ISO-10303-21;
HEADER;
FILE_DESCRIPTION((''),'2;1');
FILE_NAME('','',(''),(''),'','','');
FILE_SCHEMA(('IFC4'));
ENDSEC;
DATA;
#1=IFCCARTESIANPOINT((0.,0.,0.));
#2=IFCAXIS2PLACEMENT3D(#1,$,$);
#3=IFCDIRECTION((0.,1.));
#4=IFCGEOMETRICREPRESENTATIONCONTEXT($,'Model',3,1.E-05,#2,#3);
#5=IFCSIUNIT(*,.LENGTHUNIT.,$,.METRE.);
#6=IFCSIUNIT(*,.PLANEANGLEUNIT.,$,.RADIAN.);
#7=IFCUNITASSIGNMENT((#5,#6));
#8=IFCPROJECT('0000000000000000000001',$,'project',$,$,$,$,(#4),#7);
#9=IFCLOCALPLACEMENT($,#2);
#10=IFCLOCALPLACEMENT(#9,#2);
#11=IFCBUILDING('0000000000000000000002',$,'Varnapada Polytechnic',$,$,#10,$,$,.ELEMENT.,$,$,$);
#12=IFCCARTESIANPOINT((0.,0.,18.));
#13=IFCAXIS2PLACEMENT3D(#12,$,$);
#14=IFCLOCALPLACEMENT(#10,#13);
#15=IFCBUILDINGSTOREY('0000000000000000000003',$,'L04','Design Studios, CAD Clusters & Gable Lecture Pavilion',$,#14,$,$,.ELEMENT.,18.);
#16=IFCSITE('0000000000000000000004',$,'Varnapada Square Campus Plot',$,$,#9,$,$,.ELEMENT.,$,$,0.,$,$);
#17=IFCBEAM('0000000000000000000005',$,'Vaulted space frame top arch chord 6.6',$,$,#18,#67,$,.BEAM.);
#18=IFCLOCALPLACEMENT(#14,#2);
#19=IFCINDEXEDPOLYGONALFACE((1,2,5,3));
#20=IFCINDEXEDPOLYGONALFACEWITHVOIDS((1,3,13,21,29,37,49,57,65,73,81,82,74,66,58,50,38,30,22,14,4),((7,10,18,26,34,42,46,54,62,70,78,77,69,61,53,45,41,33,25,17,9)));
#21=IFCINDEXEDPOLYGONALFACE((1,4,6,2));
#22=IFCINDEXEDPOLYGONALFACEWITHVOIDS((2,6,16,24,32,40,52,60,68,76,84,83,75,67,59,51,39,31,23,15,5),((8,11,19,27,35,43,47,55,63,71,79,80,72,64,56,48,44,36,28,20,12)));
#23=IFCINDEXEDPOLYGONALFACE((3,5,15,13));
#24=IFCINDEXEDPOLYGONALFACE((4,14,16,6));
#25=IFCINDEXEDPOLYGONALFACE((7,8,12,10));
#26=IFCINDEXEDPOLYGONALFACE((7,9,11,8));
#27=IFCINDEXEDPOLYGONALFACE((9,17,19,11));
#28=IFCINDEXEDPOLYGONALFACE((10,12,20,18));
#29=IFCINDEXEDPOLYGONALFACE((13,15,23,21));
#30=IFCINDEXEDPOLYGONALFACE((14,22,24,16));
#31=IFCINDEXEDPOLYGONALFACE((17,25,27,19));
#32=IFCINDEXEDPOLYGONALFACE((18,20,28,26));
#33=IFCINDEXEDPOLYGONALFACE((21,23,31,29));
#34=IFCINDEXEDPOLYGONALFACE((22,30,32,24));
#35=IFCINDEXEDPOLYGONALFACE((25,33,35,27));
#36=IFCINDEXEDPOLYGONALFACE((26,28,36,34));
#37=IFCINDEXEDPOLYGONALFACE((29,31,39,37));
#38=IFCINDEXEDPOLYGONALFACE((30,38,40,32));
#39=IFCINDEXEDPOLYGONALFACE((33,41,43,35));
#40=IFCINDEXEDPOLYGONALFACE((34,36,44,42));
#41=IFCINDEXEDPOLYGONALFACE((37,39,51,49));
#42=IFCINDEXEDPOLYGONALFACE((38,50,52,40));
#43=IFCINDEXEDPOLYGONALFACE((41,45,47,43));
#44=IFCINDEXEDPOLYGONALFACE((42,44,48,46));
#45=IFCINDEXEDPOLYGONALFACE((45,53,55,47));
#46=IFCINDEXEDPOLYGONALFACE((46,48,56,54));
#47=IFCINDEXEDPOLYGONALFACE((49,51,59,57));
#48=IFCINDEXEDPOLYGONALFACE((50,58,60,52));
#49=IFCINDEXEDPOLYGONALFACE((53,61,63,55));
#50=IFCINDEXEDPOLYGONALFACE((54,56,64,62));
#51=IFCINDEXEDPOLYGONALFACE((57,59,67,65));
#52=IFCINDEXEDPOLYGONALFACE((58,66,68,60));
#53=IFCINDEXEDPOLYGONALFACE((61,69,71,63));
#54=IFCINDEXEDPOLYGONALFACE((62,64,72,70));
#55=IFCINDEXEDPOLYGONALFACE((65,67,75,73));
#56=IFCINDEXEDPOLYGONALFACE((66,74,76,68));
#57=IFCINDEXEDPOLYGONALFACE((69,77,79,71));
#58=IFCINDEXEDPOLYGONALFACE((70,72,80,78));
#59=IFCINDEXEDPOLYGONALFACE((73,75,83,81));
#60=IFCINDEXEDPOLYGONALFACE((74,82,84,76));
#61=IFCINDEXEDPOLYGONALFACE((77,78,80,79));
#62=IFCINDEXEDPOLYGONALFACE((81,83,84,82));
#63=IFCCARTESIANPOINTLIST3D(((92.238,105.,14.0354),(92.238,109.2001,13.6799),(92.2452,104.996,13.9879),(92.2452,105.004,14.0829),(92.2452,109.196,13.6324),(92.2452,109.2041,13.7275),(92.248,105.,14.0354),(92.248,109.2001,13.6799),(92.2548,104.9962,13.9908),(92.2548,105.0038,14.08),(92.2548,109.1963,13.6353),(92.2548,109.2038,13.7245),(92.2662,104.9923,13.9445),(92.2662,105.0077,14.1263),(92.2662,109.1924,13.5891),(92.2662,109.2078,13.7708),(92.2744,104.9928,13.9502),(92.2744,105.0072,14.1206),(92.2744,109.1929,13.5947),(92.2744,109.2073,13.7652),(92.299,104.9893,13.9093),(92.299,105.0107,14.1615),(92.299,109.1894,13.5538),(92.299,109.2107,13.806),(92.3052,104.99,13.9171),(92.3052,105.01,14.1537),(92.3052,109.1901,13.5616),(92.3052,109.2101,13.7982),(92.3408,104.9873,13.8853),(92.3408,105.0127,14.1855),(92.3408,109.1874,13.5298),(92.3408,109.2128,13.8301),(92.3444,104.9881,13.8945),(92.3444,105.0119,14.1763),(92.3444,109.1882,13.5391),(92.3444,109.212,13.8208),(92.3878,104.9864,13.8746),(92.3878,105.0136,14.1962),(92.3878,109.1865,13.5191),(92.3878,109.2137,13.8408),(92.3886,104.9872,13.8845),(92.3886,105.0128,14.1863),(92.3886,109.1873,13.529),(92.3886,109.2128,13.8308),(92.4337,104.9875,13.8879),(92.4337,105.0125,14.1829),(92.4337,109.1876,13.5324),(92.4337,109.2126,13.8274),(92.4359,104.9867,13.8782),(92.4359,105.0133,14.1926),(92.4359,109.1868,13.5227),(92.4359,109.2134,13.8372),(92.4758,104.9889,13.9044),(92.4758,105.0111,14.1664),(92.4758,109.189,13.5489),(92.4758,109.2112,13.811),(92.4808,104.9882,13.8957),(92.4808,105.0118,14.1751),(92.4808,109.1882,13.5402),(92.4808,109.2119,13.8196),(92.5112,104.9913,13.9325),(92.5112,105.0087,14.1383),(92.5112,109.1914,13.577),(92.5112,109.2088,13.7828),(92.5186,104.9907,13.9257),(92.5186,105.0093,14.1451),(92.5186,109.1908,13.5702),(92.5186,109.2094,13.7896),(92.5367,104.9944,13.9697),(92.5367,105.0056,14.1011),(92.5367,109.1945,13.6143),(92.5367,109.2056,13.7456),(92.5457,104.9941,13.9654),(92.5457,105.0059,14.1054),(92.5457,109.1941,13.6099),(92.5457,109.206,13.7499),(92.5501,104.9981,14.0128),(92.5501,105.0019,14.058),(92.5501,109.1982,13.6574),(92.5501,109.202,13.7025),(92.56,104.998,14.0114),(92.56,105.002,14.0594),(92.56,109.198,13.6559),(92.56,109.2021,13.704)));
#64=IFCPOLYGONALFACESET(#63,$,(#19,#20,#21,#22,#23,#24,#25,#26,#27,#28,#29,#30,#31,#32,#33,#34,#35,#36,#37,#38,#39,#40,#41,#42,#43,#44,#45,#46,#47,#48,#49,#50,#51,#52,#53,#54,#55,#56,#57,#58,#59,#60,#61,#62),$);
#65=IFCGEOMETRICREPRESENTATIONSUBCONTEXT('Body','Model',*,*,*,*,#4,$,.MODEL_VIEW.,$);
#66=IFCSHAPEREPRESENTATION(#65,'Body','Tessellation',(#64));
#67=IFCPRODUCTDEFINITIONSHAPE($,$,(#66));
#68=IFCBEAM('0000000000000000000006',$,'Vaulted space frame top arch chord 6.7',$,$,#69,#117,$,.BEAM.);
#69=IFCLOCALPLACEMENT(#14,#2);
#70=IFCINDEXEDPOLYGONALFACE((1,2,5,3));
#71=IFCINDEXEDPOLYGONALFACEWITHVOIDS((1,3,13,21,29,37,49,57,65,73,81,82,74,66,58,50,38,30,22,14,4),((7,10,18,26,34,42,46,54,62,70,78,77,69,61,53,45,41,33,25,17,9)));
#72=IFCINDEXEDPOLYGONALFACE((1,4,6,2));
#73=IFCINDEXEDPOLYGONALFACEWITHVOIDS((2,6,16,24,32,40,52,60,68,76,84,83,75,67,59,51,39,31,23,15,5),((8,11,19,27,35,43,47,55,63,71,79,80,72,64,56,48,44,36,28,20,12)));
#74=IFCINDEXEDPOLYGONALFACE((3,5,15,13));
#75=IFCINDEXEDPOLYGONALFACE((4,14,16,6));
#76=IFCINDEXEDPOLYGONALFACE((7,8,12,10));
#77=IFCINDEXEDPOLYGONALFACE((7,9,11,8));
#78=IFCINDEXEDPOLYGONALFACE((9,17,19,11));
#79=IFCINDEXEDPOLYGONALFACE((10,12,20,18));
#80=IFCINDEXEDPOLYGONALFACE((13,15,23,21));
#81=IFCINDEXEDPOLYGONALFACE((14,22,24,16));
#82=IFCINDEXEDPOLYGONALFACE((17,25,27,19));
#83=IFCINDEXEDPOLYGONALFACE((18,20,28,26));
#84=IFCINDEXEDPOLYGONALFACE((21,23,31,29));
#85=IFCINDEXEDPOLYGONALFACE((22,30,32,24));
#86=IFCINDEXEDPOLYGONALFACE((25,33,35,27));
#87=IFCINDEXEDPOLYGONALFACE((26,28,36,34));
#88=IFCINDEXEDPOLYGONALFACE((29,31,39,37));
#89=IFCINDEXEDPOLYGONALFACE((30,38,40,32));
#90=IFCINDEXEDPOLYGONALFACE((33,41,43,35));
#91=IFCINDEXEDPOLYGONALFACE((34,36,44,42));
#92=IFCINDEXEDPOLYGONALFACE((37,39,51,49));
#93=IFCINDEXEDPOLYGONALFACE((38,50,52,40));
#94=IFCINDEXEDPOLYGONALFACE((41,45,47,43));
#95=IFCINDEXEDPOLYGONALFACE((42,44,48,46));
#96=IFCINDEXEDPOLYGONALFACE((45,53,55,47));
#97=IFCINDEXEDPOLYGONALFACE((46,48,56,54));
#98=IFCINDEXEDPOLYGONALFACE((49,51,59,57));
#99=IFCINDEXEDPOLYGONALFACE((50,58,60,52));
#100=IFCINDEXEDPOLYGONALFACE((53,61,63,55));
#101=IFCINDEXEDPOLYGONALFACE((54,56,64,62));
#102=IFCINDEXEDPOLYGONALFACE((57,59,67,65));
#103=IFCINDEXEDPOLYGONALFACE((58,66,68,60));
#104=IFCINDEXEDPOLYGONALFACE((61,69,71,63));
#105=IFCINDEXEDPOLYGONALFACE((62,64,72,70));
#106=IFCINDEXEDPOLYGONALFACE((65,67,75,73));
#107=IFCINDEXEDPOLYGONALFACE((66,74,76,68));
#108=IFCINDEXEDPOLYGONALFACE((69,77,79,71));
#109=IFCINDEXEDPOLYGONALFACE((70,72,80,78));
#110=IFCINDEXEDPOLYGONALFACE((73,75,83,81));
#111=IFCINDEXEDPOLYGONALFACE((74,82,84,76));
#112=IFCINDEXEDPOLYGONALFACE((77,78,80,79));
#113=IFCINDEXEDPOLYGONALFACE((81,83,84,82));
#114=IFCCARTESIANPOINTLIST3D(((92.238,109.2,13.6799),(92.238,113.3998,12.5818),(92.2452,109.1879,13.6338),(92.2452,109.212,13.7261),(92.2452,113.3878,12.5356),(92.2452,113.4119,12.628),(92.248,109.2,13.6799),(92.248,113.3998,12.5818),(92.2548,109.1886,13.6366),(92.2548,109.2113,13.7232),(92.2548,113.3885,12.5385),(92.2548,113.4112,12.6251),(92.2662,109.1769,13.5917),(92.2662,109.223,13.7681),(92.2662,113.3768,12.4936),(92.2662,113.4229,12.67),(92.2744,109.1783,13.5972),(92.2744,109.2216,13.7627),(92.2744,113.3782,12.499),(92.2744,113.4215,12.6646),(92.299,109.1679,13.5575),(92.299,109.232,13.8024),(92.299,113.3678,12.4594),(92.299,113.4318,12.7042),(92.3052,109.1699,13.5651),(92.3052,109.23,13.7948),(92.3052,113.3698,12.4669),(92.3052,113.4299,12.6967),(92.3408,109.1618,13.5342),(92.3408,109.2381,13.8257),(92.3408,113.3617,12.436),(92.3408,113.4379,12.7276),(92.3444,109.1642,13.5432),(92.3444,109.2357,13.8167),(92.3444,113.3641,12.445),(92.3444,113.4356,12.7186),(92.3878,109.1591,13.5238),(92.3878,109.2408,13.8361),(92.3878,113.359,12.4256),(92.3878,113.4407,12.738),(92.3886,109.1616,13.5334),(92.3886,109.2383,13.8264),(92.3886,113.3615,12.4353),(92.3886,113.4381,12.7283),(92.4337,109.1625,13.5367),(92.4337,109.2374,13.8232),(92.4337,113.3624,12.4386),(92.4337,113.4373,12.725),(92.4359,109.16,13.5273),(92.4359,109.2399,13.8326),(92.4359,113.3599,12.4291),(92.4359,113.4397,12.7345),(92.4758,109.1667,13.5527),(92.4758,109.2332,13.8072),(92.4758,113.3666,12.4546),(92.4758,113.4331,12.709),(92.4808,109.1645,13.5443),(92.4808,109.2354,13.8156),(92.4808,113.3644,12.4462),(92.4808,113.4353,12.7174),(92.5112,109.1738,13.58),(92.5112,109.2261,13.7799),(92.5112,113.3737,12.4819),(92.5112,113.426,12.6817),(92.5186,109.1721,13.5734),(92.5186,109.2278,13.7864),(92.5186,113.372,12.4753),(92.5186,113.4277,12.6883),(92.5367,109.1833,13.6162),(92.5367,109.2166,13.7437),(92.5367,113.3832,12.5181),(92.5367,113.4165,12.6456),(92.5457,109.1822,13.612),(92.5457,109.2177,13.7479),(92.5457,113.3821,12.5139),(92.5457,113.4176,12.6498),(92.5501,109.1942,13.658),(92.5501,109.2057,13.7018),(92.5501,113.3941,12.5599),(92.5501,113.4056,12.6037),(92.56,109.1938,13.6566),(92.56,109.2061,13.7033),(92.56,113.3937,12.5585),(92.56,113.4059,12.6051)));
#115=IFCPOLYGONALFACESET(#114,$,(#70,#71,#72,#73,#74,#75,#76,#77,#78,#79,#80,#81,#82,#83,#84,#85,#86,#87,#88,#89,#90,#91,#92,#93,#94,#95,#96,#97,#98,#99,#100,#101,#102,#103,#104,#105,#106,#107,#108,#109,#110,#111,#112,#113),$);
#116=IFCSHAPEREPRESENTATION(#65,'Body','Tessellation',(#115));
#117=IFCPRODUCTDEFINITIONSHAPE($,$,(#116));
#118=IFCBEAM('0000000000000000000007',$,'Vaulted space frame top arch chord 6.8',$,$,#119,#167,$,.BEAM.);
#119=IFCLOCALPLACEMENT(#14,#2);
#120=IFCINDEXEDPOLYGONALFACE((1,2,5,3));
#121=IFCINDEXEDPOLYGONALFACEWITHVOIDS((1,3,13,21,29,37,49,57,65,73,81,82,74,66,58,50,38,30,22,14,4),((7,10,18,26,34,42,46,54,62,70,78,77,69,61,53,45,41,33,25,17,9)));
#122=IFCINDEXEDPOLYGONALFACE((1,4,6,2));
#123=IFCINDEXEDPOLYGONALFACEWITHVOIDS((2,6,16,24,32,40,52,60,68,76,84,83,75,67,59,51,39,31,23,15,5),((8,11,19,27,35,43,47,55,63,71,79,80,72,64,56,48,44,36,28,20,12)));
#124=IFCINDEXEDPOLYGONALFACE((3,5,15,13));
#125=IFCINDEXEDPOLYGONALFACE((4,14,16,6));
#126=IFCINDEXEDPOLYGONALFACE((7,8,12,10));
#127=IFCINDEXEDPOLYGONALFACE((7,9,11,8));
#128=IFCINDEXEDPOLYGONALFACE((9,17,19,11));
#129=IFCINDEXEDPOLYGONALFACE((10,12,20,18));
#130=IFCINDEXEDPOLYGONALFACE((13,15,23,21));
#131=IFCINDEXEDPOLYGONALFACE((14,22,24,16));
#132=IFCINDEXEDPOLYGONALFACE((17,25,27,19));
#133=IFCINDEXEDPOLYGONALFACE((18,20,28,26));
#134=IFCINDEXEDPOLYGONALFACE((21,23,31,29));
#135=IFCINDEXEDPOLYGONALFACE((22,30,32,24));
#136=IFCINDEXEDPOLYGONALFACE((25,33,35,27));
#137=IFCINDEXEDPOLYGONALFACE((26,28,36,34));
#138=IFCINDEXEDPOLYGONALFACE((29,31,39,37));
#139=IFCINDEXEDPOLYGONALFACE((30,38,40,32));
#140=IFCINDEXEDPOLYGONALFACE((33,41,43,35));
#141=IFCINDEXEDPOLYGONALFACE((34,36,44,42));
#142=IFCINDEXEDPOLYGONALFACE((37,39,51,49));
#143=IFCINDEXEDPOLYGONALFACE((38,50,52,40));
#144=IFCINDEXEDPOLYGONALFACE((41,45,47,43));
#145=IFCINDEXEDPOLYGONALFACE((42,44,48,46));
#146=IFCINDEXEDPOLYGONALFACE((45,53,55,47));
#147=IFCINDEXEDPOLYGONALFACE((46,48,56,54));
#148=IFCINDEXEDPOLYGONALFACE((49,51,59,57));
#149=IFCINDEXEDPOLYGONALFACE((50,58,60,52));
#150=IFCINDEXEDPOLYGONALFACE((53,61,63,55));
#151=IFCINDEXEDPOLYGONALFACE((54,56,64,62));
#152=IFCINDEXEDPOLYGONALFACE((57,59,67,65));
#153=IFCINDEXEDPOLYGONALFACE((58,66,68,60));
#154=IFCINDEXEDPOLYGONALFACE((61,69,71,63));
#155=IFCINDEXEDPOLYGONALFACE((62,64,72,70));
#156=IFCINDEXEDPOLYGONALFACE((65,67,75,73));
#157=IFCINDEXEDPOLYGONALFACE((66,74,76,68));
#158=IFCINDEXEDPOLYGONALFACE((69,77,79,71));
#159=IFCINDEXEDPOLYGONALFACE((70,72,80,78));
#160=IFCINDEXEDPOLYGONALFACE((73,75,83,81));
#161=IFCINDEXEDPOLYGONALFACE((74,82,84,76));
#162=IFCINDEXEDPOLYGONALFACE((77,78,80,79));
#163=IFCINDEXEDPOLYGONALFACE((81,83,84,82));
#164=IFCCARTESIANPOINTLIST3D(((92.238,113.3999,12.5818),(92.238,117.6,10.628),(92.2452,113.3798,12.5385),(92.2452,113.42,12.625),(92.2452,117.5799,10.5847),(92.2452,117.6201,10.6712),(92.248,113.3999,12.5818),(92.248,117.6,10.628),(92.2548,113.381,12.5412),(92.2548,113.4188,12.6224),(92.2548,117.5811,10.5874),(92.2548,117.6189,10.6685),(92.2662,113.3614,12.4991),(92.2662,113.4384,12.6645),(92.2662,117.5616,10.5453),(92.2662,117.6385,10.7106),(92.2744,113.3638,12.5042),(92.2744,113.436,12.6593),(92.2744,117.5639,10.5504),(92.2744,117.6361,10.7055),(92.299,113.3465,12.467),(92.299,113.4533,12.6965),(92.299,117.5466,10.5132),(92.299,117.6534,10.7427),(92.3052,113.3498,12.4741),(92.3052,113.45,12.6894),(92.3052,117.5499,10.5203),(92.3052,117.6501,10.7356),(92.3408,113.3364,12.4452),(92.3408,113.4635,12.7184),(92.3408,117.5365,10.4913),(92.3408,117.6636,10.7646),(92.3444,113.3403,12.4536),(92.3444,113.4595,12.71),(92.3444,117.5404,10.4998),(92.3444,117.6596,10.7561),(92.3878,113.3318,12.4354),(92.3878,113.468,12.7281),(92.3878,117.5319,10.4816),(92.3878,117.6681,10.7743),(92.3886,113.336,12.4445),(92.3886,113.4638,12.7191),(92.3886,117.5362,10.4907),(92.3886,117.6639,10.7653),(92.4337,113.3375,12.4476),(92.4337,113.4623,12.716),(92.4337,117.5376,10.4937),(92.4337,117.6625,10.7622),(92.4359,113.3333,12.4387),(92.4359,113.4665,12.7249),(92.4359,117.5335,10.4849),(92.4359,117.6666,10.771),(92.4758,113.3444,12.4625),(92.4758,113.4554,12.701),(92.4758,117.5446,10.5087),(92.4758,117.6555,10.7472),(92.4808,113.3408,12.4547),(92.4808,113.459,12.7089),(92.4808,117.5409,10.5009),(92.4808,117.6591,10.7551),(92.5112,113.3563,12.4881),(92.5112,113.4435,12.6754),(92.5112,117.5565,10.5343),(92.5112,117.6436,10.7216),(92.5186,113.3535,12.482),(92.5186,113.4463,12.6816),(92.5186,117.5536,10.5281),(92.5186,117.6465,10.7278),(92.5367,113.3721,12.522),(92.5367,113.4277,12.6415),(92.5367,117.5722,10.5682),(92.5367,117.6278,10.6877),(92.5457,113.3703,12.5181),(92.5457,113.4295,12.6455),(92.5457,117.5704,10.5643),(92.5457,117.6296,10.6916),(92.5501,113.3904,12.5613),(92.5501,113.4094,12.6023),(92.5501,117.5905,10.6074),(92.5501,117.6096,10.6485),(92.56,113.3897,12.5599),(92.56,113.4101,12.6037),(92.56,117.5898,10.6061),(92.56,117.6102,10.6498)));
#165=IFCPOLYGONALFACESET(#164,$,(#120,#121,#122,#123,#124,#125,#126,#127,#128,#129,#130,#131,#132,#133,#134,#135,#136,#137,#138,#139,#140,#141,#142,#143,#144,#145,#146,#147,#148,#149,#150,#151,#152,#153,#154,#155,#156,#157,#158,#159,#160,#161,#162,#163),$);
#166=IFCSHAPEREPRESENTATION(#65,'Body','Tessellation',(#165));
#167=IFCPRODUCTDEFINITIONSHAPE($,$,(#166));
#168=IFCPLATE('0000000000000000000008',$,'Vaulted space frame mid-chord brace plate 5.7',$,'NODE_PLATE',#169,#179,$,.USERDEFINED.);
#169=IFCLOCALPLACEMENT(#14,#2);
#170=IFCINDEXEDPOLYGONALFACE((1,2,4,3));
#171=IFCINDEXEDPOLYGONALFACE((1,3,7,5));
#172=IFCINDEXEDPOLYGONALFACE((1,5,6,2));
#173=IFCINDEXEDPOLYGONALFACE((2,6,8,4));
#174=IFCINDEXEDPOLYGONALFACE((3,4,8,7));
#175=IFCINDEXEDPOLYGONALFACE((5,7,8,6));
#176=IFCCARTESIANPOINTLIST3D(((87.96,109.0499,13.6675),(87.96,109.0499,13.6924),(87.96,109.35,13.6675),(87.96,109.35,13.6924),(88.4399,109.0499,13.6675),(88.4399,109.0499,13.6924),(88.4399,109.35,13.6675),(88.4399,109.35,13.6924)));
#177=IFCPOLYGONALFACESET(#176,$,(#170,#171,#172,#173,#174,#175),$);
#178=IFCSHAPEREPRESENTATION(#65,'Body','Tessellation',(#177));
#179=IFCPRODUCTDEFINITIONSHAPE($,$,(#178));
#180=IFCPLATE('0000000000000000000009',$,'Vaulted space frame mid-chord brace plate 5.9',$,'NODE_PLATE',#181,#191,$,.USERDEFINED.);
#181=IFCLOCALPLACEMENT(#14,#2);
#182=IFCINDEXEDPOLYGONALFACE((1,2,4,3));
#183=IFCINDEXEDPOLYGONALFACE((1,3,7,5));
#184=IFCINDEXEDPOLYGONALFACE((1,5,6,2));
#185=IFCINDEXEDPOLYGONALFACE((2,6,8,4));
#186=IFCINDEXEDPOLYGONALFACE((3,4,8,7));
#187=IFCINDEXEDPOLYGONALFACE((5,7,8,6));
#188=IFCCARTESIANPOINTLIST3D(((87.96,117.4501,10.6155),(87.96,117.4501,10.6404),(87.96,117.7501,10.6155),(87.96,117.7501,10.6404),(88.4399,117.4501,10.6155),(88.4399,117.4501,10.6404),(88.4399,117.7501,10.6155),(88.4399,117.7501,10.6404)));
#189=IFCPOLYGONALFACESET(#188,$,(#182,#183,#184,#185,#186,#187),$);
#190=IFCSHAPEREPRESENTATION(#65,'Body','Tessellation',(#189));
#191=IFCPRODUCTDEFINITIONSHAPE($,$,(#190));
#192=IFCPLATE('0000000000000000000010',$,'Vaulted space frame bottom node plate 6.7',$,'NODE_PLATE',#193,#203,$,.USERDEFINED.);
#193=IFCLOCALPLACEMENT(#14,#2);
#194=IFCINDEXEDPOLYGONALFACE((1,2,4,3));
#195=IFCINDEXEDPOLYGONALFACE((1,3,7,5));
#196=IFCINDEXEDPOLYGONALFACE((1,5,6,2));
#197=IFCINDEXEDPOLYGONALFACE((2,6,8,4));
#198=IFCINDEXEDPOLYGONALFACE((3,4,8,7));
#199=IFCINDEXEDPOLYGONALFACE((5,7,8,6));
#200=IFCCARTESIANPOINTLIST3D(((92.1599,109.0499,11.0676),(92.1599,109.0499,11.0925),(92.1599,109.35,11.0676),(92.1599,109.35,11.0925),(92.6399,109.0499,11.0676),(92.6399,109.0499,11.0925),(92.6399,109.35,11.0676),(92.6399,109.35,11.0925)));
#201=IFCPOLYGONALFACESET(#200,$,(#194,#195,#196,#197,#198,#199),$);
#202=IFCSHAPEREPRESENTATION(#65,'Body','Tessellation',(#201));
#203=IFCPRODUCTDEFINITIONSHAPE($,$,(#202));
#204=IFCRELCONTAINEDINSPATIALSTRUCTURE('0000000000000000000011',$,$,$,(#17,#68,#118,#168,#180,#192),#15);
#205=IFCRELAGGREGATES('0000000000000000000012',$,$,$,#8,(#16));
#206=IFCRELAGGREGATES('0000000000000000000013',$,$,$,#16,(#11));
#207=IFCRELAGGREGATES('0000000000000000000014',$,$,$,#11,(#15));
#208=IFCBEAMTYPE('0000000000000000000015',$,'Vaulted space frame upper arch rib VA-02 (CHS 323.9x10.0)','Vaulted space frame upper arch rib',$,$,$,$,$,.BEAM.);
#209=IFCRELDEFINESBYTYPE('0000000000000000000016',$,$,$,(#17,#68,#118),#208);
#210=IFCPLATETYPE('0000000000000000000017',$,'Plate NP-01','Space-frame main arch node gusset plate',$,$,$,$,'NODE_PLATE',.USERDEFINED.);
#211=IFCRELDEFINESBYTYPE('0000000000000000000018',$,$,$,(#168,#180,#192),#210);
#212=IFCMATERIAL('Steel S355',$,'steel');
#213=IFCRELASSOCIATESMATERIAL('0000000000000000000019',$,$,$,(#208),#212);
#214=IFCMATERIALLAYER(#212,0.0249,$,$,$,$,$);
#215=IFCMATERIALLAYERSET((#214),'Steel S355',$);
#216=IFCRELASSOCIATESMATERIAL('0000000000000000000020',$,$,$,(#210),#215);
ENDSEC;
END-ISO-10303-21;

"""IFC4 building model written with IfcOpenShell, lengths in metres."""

from ifc_helpers import new_model, si_unit, direction, frame, origin, origin_2d, place, context, subcontext, project, spatial, rectangle, hollow_circle, extrude, material, layer, layer_set, material_profile, profile_set, type_object, element, save


model = new_model("IFC4")

# Units and contexts
model_context = context("Model", 3, precision=1e-05, world=origin(), true_north=direction((0.0, 1.0)))
body_context = subcontext(model_context, "Body", "Model", "MODEL_VIEW")
ifc_project = project(units=[si_unit("LENGTHUNIT", "METRE"), si_unit("PLANEANGLEUNIT", "RADIAN")], contexts=[model_context])

# Site, building, storey
site_placement = place(None, origin())
site = spatial("IfcSite", under=ifc_project, at=site_placement, Name="Varnapada Square Campus Plot", CompositionType="ELEMENT", RefElevation=0.0)
building_placement = place(site_placement, origin())
building = spatial("IfcBuilding", under=site, at=building_placement, Name="Varnapada Polytechnic", CompositionType="ELEMENT")
storey_placement = place(building_placement, frame((0.0, 0.0, 18.0)))
storey = spatial("IfcBuildingStorey", under=building, at=storey_placement, Name="L04", Description="Design Studios, CAD Clusters & Gable Lecture Pavilion", CompositionType="ELEMENT", Elevation=18.0)

# Shared definitions
ifc_material = material(Name="Steel S355", Category="steel")

# Beams
ifc_material_profile_1 = material_profile(ifc_material, hollow_circle(Radius=0.1619, WallThickness=0.01, at=origin_2d()), Name="CHS 323.9x10.0")
ifc_profile_set_1 = profile_set([ifc_material_profile_1], Name="Steel S355")
beam_type_1 = type_object("IfcBeamType", Name="Vaulted space frame upper arch rib VA-02 (CHS 323.9x10.0)", Description="Vaulted space frame upper arch rib", PredefinedType="BEAM", material=ifc_profile_set_1)
beam_1_placement = place(storey_placement, frame((92.3999, 105.0, 14.0354), z_axis=(0.0, 0.996437, -0.084335), x_axis=(-1.0, 0.0, 0.0)))
element("IfcBeam", 1, at=beam_1_placement, inside=storey, type_object=beam_type_1, Name="Vaulted space frame top arch chord 6.6", PredefinedType="BEAM", context=body_context, shape_type="SweptSolid", body=[
    extrude(hollow_circle(Radius=0.1619, WallThickness=0.01, at=origin_2d()), origin(), (0.0, 0.0, 1.0), 4.2151),
])
beam_2_placement = place(storey_placement, frame((92.3999, 109.2, 13.6799), z_axis=(0.0, 0.967476, -0.252962), x_axis=(-1.0, 0.0, 0.0)))
element("IfcBeam", 2, at=beam_2_placement, inside=storey, type_object=beam_type_1, Name="Vaulted space frame top arch chord 6.7", PredefinedType="BEAM", context=body_context, shape_type="SweptSolid", body=[
    extrude(hollow_circle(Radius=0.1619, WallThickness=0.01, at=origin_2d()), origin(), (0.0, 0.0, 1.0), 4.3411),
])
beam_3_placement = place(storey_placement, frame((92.3999, 113.3999, 12.5818), z_axis=(0.0, 0.906698, -0.42178), x_axis=(-1.0, 0.0, 0.0)))
element("IfcBeam", 3, at=beam_3_placement, inside=storey, type_object=beam_type_1, Name="Vaulted space frame top arch chord 6.8", PredefinedType="BEAM", context=body_context, shape_type="SweptSolid", body=[
    extrude(hollow_circle(Radius=0.1619, WallThickness=0.01, at=origin_2d()), origin(), (0.0, 0.0, 1.0), 4.6323),
])

# Plates
ifc_layer_1 = layer(ifc_material, 0.0249)
ifc_layer_set_1 = layer_set([ifc_layer_1], Name="Steel S355")
plate_type_1 = type_object("IfcPlateType", Name="Plate NP-01", Description="Space-frame main arch node gusset plate", ElementType="NODE_PLATE", PredefinedType="USERDEFINED", material=ifc_layer_set_1)
for number, where, z_axis, x_axis, name in (
    (4, (88.2, 109.2, 13.6675), (0.0, 0.0, 1.0), (1.0, 0.0, 0.0), "Vaulted space frame mid-chord brace plate 5.7"),
    (5, (88.2, 117.6001, 10.6155), (0.0, 0.0, 1.0), (1.0, 0.0, 0.0), "Vaulted space frame mid-chord brace plate 5.9"),
    (6, (92.3999, 109.2, 11.0676), (0.0, 0.0, 1.0), (1.0, 0.0, 0.0), "Vaulted space frame bottom node plate 6.7"),
):
    element("IfcPlate", number, at=place(storey_placement, frame(where, z_axis=z_axis, x_axis=x_axis)), inside=storey, type_object=plate_type_1, Name=name, ObjectType="NODE_PLATE", PredefinedType="USERDEFINED", context=body_context, shape_type="SweptSolid", body=[
        extrude(rectangle(XDim=0.48, YDim=0.3, at=origin_2d()), origin(), (0.0, 0.0, 1.0), 0.0249),
    ])

save(model, "model.ifc")
